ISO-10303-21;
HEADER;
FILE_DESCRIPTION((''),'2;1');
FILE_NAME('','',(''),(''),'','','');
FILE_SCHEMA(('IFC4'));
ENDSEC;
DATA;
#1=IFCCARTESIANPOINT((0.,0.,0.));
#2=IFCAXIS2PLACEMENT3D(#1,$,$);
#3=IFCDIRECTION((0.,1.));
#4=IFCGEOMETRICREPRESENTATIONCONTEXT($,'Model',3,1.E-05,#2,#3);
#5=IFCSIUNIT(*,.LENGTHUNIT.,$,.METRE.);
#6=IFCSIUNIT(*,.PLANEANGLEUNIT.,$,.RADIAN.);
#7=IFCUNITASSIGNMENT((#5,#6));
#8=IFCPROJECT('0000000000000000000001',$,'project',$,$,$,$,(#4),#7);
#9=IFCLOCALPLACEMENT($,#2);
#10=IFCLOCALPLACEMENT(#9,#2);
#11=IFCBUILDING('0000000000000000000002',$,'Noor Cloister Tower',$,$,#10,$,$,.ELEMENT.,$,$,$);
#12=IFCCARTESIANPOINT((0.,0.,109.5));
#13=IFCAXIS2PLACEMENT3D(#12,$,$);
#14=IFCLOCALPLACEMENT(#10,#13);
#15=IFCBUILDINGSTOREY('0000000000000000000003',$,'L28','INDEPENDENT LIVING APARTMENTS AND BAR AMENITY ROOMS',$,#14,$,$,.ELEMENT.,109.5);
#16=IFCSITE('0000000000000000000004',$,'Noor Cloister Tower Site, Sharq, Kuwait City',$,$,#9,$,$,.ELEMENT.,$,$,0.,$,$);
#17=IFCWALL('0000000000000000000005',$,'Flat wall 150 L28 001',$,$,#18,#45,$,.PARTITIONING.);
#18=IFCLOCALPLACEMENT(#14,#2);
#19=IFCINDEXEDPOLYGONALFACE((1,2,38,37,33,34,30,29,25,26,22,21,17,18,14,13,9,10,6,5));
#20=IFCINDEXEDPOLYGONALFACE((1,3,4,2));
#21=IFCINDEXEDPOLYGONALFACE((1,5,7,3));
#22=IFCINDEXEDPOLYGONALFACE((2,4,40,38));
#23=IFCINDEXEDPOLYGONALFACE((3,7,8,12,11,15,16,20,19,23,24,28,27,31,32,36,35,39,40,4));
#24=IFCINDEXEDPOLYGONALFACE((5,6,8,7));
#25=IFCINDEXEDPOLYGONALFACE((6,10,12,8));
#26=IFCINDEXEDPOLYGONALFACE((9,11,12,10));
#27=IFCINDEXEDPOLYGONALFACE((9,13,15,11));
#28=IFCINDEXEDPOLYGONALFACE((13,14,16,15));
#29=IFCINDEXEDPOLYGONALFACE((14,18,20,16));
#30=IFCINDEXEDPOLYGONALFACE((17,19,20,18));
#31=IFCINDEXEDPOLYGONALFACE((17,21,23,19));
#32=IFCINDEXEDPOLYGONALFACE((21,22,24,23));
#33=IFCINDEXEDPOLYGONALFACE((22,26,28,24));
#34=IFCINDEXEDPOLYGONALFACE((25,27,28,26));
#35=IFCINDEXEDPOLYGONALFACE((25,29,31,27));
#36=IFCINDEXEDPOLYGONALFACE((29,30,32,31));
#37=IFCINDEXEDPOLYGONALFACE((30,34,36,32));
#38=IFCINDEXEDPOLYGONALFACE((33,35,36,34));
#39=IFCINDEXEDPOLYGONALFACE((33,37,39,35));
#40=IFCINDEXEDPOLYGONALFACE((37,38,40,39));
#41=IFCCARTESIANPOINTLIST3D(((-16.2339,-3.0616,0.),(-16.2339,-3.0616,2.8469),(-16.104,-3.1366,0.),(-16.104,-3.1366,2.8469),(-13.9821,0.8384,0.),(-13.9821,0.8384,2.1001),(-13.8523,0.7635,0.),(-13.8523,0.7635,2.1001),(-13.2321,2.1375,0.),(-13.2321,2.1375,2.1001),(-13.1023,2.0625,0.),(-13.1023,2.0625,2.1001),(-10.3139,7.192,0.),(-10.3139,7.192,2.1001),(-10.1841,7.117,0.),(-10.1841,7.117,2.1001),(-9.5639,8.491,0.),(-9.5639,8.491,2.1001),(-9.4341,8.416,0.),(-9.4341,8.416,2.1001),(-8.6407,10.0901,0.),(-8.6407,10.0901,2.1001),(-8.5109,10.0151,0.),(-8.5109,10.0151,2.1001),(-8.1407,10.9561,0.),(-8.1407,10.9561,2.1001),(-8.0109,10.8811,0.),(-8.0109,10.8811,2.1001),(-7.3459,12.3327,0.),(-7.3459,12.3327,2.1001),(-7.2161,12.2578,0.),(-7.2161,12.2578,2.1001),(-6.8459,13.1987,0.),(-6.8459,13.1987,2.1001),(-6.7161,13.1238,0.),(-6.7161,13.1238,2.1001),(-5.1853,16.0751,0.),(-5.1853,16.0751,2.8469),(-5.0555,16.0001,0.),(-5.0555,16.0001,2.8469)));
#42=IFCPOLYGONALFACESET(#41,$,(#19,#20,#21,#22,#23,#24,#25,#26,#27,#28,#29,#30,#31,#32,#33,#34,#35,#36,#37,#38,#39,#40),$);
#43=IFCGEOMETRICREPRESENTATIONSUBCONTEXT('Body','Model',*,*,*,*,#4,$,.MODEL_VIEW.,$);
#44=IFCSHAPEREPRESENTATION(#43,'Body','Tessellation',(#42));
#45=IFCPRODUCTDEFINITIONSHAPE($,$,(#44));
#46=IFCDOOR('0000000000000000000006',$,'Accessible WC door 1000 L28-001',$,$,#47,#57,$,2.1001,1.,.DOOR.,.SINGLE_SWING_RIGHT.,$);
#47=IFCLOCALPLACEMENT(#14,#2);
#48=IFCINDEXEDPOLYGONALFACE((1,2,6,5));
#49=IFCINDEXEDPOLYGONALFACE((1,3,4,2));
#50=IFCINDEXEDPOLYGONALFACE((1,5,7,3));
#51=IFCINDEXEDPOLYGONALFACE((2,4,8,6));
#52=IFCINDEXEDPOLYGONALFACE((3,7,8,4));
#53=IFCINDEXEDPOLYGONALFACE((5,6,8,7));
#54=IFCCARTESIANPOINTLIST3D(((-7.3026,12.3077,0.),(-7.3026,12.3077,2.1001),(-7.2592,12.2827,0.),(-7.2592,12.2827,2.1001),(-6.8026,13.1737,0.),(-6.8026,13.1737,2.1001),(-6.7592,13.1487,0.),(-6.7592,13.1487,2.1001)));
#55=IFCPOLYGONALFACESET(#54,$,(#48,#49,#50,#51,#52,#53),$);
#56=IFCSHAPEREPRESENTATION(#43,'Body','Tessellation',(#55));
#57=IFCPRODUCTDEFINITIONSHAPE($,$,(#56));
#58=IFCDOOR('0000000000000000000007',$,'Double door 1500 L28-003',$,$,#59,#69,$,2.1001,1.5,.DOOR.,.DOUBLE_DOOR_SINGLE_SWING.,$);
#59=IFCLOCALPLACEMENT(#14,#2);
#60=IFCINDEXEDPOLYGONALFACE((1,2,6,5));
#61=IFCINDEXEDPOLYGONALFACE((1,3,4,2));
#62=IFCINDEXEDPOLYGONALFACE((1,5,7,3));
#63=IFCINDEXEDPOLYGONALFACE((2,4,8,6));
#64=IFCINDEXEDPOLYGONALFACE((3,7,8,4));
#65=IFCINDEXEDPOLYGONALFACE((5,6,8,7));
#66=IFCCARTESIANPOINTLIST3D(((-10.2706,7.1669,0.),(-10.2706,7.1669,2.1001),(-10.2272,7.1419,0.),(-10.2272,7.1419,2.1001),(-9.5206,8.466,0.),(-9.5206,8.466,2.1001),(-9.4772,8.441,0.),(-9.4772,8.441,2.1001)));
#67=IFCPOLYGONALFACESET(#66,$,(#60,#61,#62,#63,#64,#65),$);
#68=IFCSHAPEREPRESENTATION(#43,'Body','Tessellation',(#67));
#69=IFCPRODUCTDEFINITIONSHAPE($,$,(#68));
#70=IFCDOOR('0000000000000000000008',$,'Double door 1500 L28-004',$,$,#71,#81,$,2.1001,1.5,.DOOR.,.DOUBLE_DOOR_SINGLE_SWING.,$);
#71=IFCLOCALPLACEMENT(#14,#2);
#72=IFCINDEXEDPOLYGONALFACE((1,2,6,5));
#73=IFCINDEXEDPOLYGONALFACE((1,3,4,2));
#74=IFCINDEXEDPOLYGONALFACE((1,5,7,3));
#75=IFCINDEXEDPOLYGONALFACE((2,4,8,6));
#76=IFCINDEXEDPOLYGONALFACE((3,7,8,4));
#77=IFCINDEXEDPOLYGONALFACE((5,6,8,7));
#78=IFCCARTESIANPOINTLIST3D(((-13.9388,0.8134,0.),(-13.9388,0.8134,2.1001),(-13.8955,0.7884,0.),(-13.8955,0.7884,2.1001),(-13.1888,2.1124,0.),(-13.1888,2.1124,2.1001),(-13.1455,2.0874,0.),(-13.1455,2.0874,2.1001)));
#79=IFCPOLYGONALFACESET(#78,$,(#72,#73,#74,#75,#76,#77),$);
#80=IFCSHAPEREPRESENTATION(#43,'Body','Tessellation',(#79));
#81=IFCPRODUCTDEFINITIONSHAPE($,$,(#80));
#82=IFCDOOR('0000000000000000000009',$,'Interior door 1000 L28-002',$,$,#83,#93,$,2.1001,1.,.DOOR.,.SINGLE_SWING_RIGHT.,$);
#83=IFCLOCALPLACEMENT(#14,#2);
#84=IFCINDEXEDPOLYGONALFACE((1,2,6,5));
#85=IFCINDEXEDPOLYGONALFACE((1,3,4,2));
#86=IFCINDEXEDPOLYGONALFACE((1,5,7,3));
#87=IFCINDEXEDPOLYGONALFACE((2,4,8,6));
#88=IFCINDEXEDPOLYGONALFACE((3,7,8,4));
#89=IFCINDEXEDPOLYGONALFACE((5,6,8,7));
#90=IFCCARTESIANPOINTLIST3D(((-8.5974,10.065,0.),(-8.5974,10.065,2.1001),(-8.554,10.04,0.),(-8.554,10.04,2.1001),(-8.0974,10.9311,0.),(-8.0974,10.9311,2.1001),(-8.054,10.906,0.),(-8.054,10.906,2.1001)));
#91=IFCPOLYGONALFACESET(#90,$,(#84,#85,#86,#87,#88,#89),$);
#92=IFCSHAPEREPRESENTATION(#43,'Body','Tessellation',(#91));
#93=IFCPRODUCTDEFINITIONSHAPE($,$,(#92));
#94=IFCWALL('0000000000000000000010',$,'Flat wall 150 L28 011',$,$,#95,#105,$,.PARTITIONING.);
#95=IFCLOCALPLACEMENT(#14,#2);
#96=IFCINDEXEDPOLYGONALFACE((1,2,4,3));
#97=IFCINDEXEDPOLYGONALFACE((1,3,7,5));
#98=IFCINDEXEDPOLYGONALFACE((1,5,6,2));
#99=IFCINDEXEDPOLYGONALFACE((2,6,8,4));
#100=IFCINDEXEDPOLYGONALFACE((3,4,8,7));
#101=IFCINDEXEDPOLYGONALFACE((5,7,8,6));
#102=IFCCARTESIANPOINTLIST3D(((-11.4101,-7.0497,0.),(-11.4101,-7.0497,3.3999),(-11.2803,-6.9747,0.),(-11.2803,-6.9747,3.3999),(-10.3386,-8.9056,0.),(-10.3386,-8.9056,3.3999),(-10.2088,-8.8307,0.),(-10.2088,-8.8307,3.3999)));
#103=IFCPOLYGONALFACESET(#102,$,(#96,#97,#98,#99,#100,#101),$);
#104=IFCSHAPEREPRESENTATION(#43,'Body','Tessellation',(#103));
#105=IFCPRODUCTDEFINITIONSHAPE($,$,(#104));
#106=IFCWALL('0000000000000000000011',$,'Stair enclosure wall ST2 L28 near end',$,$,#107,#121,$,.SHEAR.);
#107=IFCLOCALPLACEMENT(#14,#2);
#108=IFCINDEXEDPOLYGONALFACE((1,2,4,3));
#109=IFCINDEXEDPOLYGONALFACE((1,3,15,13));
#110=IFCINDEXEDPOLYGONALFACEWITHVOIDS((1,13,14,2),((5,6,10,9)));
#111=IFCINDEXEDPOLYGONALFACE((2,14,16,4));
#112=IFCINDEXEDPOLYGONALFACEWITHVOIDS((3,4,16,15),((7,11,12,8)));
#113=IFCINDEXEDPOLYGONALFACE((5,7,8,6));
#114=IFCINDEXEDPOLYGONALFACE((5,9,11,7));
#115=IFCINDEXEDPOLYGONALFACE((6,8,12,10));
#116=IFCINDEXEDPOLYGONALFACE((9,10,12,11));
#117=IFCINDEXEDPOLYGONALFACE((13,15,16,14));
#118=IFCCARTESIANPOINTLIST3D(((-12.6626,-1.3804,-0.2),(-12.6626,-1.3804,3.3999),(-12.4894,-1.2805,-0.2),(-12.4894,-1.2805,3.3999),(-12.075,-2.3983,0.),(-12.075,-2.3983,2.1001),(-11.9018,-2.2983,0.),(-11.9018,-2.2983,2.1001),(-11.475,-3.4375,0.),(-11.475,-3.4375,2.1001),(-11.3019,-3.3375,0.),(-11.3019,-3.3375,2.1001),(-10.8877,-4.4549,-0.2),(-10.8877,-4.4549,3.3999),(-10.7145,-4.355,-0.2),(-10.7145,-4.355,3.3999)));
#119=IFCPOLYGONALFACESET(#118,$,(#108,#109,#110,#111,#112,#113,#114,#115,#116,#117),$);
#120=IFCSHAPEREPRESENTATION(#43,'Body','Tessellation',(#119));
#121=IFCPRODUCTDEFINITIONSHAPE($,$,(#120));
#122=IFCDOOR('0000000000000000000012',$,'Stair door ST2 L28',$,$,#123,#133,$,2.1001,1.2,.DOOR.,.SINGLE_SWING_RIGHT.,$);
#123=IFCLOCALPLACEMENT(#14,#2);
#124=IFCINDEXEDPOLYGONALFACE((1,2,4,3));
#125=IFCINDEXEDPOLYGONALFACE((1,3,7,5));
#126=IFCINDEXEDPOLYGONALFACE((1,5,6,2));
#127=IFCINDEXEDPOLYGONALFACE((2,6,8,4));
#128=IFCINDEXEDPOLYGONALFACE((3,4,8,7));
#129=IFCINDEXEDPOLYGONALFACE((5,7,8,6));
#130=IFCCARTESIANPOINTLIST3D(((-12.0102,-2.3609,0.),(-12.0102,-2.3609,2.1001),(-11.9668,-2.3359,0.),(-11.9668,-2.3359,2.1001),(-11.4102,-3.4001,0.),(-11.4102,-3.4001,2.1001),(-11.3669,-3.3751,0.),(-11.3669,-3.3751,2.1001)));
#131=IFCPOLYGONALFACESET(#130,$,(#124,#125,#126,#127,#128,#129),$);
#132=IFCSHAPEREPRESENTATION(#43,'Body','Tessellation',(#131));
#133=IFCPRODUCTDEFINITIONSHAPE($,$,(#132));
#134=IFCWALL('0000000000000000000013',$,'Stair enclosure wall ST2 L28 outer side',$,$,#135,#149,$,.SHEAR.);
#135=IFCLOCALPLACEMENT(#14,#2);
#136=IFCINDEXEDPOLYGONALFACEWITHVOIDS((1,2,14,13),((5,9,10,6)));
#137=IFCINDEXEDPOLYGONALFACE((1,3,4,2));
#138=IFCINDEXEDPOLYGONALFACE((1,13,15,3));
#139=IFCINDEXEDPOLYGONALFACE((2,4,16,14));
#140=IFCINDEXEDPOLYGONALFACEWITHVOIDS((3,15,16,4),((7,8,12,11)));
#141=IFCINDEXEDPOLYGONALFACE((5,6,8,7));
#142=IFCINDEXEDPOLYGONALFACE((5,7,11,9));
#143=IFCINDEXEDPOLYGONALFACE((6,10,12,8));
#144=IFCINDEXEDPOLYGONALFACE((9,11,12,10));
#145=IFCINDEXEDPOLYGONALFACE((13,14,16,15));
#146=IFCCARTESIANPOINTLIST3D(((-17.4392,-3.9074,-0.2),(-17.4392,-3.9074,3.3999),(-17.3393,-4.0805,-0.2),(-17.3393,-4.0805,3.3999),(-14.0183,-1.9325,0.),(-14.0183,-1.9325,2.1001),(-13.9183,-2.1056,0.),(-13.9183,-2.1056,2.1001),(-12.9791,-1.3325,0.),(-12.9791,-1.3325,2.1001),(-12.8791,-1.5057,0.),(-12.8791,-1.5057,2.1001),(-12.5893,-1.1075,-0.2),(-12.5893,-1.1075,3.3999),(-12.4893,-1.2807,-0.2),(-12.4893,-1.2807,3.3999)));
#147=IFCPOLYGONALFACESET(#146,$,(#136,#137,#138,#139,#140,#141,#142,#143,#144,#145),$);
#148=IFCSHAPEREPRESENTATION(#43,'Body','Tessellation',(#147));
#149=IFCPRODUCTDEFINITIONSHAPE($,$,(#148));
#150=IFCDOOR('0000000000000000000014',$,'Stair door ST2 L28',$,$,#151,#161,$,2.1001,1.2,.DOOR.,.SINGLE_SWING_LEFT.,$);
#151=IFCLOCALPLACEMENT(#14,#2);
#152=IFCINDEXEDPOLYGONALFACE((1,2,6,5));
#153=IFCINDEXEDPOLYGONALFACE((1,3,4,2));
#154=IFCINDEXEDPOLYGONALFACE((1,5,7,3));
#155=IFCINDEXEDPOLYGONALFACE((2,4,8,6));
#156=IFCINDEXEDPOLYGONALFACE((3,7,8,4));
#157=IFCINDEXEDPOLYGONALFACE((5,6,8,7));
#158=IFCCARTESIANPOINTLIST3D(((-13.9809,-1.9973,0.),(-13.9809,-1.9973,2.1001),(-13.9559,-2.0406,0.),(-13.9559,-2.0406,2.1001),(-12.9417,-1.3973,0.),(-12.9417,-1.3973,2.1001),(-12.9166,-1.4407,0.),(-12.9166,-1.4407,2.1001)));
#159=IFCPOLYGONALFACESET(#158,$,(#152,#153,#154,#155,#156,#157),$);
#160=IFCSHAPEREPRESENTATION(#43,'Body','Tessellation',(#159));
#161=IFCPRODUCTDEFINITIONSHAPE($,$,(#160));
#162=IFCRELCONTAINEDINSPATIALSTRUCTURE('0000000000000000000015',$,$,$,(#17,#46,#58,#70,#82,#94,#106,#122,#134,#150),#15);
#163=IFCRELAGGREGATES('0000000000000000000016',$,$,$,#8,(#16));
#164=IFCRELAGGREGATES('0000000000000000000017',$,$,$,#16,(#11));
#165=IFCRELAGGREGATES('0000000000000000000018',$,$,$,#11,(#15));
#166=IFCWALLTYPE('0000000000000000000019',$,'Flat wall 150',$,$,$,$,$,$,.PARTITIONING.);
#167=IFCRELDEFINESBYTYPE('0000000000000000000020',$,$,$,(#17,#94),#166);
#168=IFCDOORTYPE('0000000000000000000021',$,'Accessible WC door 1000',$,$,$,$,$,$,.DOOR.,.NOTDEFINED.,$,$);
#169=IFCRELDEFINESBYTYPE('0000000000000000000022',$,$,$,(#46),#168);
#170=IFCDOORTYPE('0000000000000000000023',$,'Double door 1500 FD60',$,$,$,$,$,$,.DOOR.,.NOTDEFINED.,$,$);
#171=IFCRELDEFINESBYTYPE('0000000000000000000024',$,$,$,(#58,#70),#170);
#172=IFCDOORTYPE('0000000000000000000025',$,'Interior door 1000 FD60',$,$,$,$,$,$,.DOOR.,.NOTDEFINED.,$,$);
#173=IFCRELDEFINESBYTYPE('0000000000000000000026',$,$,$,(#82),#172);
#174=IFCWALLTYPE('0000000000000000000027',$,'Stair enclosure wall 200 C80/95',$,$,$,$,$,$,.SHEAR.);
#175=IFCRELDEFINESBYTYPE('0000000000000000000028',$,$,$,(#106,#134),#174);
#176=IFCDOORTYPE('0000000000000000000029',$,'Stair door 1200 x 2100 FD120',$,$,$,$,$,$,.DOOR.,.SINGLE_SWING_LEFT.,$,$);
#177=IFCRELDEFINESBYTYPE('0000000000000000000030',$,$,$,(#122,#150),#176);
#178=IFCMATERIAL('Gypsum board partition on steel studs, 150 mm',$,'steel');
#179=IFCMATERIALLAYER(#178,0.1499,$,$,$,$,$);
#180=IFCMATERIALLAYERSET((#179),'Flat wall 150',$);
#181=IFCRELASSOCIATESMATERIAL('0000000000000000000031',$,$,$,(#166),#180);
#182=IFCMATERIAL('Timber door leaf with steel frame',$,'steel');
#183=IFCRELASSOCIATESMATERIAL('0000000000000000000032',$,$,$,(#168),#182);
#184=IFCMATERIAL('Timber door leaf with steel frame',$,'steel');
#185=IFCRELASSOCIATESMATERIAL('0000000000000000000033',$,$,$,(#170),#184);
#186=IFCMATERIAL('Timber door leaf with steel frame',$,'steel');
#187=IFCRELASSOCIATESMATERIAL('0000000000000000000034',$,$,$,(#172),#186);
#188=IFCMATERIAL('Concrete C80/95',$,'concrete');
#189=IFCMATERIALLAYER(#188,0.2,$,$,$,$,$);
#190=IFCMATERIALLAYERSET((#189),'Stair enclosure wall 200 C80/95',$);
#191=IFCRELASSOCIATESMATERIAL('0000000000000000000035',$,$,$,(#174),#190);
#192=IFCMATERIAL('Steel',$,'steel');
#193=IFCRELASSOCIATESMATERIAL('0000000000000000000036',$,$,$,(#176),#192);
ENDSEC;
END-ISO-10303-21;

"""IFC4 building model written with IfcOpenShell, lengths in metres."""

from ifc_helpers import new_model, si_unit, direction, frame, frame_2d, origin, place, context, subcontext, project, spatial, rectangle, extrude, material, layer, layer_set, type_object, element, fill, save


model = new_model("IFC4")

# Units and contexts
model_context = context("Model", 3, precision=1e-05, world=origin(), true_north=direction((0.0, 1.0)))
body_context = subcontext(model_context, "Body", "Model", "MODEL_VIEW")
ifc_project = project(units=[si_unit("LENGTHUNIT", "METRE"), si_unit("PLANEANGLEUNIT", "RADIAN")], contexts=[model_context])

# Site, building, storey
site_placement = place(None, origin())
site = spatial("IfcSite", under=ifc_project, at=site_placement, Name="Noor Cloister Tower Site, Sharq, Kuwait City", CompositionType="ELEMENT", RefElevation=0.0)
building_placement = place(site_placement, origin())
building = spatial("IfcBuilding", under=site, at=building_placement, Name="Noor Cloister Tower", CompositionType="ELEMENT")
storey_placement = place(building_placement, frame((0.0, 0.0, 109.5)))
storey = spatial("IfcBuildingStorey", under=building, at=storey_placement, Name="L28", Description="INDEPENDENT LIVING APARTMENTS AND BAR AMENITY ROOMS", CompositionType="ELEMENT", Elevation=109.5)

# Wall, openings, doors
ifc_material_1 = material(Name="Gypsum board partition on steel studs, 150 mm", Category="steel")
ifc_layer_1 = layer(ifc_material_1, 0.1499)
ifc_layer_set_1 = layer_set([ifc_layer_1], Name="Flat wall 150")
wall_type_1 = type_object("IfcWallType", Name="Flat wall 150", PredefinedType="PARTITIONING", material=ifc_layer_set_1)
wall_1_placement = place(storey_placement, frame((-16.1689, -3.0991, 0.0), z_axis=(0.0, 0.0, 1.0), x_axis=(0.5, 0.866026, 0.0)))
wall_1 = element("IfcWall", 1, at=wall_1_placement, inside=storey, type_object=wall_type_1, Name="Flat wall 150 L28 001", PredefinedType="PARTITIONING", context=body_context, shape_type="SweptSolid", body=[
    extrude(rectangle(XDim=22.0972, YDim=0.1499, at=frame_2d((11.0486, 0.0))), origin(), (0.0, 0.0, 1.0), 2.8469),
])
opening_1_placement = place(wall_1_placement, frame((17.7759, 0.0, 0.0)))
opening_1 = element("IfcOpeningElement", 2, at=opening_1_placement, cuts=wall_1, PredefinedType="OPENING", context=body_context, shape_type="SweptSolid", body=[
    extrude(rectangle(XDim=1.0, YDim=2.1001, at=frame_2d((0.5, 1.05))), frame((0.0, 0.085, 0.0), z_axis=(0.0, -1.0, 0.0), x_axis=(1.0, 0.0, 0.0)), (0.0, 0.0, 1.0), 0.1699),
])
opening_2_placement = place(wall_1_placement, frame((15.1863, 0.0, 0.0)))
opening_2 = element("IfcOpeningElement", 3, at=opening_2_placement, cuts=wall_1, PredefinedType="OPENING", context=body_context, shape_type="SweptSolid", body=[
    extrude(rectangle(XDim=1.0, YDim=2.1001, at=frame_2d((0.5, 1.05))), frame((0.0, 0.085, 0.0), z_axis=(0.0, -1.0, 0.0), x_axis=(1.0, 0.0, 0.0)), (0.0, 0.0, 1.0), 0.1699),
])
opening_3_placement = place(wall_1_placement, frame((11.8398, 0.0, 0.0)))
opening_3 = element("IfcOpeningElement", 4, at=opening_3_placement, cuts=wall_1, PredefinedType="OPENING", context=body_context, shape_type="SweptSolid", body=[
    extrude(rectangle(XDim=1.5, YDim=2.1001, at=frame_2d((0.75, 1.05))), frame((0.0, 0.085, 0.0), z_axis=(0.0, -1.0, 0.0), x_axis=(1.0, 0.0, 0.0)), (0.0, 0.0, 1.0), 0.1699),
])
opening_4_placement = place(wall_1_placement, frame((4.5034, 0.0, 0.0)))
opening_4 = element("IfcOpeningElement", 5, at=opening_4_placement, cuts=wall_1, PredefinedType="OPENING", context=body_context, shape_type="SweptSolid", body=[
    extrude(rectangle(XDim=1.5, YDim=2.1001, at=frame_2d((0.75, 1.05))), frame((0.0, 0.085, 0.0), z_axis=(0.0, -1.0, 0.0), x_axis=(1.0, 0.0, 0.0)), (0.0, 0.0, 1.0), 0.1699),
])
ifc_material_2 = material(Name="Timber door leaf with steel frame", Category="steel")
door_type_1 = type_object("IfcDoorType", Name="Accessible WC door 1000", OperationType="NOTDEFINED", PredefinedType="DOOR", material=ifc_material_2)
door_1_placement = place(opening_1_placement, origin())
door_1 = element("IfcDoor", 6, at=door_1_placement, inside=storey, type_object=door_type_1, Name="Accessible WC door 1000 L28-001", OperationType="SINGLE_SWING_RIGHT", OverallHeight=2.1001, OverallWidth=1.0, PredefinedType="DOOR", context=body_context, shape_type="SweptSolid", body=[
    extrude(rectangle(XDim=1.0, YDim=2.1001, at=frame_2d((0.5, 1.05))), frame((0.0, 0.0249, 0.0), z_axis=(0.0, -1.0, 0.0), x_axis=(1.0, 0.0, 0.0)), (0.0, 0.0, 1.0), 0.05),
])
fill(opening_1, door_1)
ifc_material_3 = material(Name="Timber door leaf with steel frame", Category="steel")
door_type_2 = type_object("IfcDoorType", Name="Double door 1500 FD60", OperationType="NOTDEFINED", PredefinedType="DOOR", material=ifc_material_3)
door_2_placement = place(opening_3_placement, origin())
door_2 = element("IfcDoor", 7, at=door_2_placement, inside=storey, type_object=door_type_2, Name="Double door 1500 L28-003", OperationType="DOUBLE_DOOR_SINGLE_SWING", OverallHeight=2.1001, OverallWidth=1.5, PredefinedType="DOOR", context=body_context, shape_type="SweptSolid", body=[
    extrude(rectangle(XDim=1.5, YDim=2.1001, at=frame_2d((0.75, 1.05))), frame((0.0, 0.0249, 0.0), z_axis=(0.0, -1.0, 0.0), x_axis=(1.0, 0.0, 0.0)), (0.0, 0.0, 1.0), 0.05),
])
fill(opening_3, door_2)
door_3_placement = place(opening_4_placement, origin())
door_3 = element("IfcDoor", 8, at=door_3_placement, inside=storey, type_object=door_type_2, Name="Double door 1500 L28-004", OperationType="DOUBLE_DOOR_SINGLE_SWING", OverallHeight=2.1001, OverallWidth=1.5, PredefinedType="DOOR", context=body_context, shape_type="SweptSolid", body=[
    extrude(rectangle(XDim=1.5, YDim=2.1001, at=frame_2d((0.75, 1.05))), frame((0.0, 0.0249, 0.0), z_axis=(0.0, -1.0, 0.0), x_axis=(1.0, 0.0, 0.0)), (0.0, 0.0, 1.0), 0.05),
])
fill(opening_4, door_3)
ifc_material_4 = material(Name="Timber door leaf with steel frame", Category="steel")
door_type_3 = type_object("IfcDoorType", Name="Interior door 1000 FD60", OperationType="NOTDEFINED", PredefinedType="DOOR", material=ifc_material_4)
door_4_placement = place(opening_2_placement, origin())
door_4 = element("IfcDoor", 9, at=door_4_placement, inside=storey, type_object=door_type_3, Name="Interior door 1000 L28-002", OperationType="SINGLE_SWING_RIGHT", OverallHeight=2.1001, OverallWidth=1.0, PredefinedType="DOOR", context=body_context, shape_type="SweptSolid", body=[
    extrude(rectangle(XDim=1.0, YDim=2.1001, at=frame_2d((0.5, 1.05))), frame((0.0, 0.0249, 0.0), z_axis=(0.0, -1.0, 0.0), x_axis=(1.0, 0.0, 0.0)), (0.0, 0.0, 1.0), 0.05),
])
fill(opening_2, door_4)

# Wall
wall_2_placement = place(storey_placement, frame((-11.3452, -7.0122, 0.0), z_axis=(0.0, 0.0, 1.0), x_axis=(0.499999, -0.866026, 0.0)))
element("IfcWall", 10, at=wall_2_placement, inside=storey, type_object=wall_type_1, Name="Flat wall 150 L28 011", PredefinedType="PARTITIONING", context=body_context, shape_type="SweptSolid", body=[
    extrude(rectangle(XDim=2.1431, YDim=0.1499, at=frame_2d((1.0715, 0.0))), origin(), (0.0, 0.0, 1.0), 3.3999),
])

# Walls, openings, doors
ifc_material_5 = material(Name="Concrete C80/95", Category="concrete")
ifc_layer_2 = layer(ifc_material_5, 0.2)
ifc_layer_set_2 = layer_set([ifc_layer_2], Name="Stair enclosure wall 200 C80/95")
wall_type_2 = type_object("IfcWallType", Name="Stair enclosure wall 200 C80/95", PredefinedType="SHEAR", material=ifc_layer_set_2)
wall_3_placement = place(storey_placement, frame((-12.5759, -1.3306, -0.2), z_axis=(0.0, 0.0, 1.0), x_axis=(0.49997, -0.866042, 0.0)))
wall_3 = element("IfcWall", 11, at=wall_3_placement, inside=storey, type_object=wall_type_2, Name="Stair enclosure wall ST2 L28 near end", PredefinedType="SHEAR", context=body_context, shape_type="SweptSolid", body=[
    extrude(rectangle(XDim=3.55, YDim=0.2, at=frame_2d((1.7749, 0.0))), origin(), (0.0, 0.0, 1.0), 3.5999),
])
opening_5_placement = place(wall_3_placement, frame((1.175, 0.0, 0.2)))
opening_5 = element("IfcOpeningElement", 12, at=opening_5_placement, cuts=wall_3, PredefinedType="OPENING", context=body_context, shape_type="SweptSolid", body=[
    extrude(rectangle(XDim=1.2, YDim=2.1001, at=frame_2d((0.6001, 1.05))), frame((0.0, 0.1099, 0.0), z_axis=(0.0, -1.0, 0.0), x_axis=(1.0, 0.0, 0.0)), (0.0, 0.0, 1.0), 0.22),
])
ifc_material_6 = material(Name="Steel", Category="steel")
door_type_4 = type_object("IfcDoorType", Name="Stair door 1200 x 2100 FD120", OperationType="SINGLE_SWING_LEFT", PredefinedType="DOOR", material=ifc_material_6)
door_5_placement = place(opening_5_placement, origin())
door_5 = element("IfcDoor", 13, at=door_5_placement, inside=storey, type_object=door_type_4, Name="Stair door ST2 L28", OperationType="SINGLE_SWING_RIGHT", OverallHeight=2.1001, OverallWidth=1.2, PredefinedType="DOOR", context=body_context, shape_type="SweptSolid", body=[
    extrude(rectangle(XDim=1.2, YDim=2.1001, at=frame_2d((0.6001, 1.05))), frame((0.0, 0.0249, 0.0), z_axis=(0.0, -1.0, 0.0), x_axis=(1.0, 0.0, 0.0)), (0.0, 0.0, 1.0), 0.05),
])
fill(opening_5, door_5)
wall_4_placement = place(storey_placement, frame((-12.5393, -1.1941, -0.2), z_axis=(0.0, 0.0, 1.0), x_axis=(-0.866045, -0.499965, 0.0)))
wall_4 = element("IfcWall", 14, at=wall_4_placement, inside=storey, type_object=wall_type_2, Name="Stair enclosure wall ST2 L28 outer side", PredefinedType="SHEAR", context=body_context, shape_type="SweptSolid", body=[
    extrude(rectangle(XDim=5.6001, YDim=0.2, at=frame_2d((2.8, 0.0))), origin(), (0.0, 0.0, 1.0), 3.5999),
])
opening_6_placement = place(wall_4_placement, frame((0.45, 0.0, 0.2)))
opening_6 = element("IfcOpeningElement", 15, at=opening_6_placement, cuts=wall_4, PredefinedType="OPENING", context=body_context, shape_type="SweptSolid", body=[
    extrude(rectangle(XDim=1.2, YDim=2.1001, at=frame_2d((0.6001, 1.05))), frame((0.0, 0.1099, 0.0), z_axis=(0.0, -1.0, 0.0), x_axis=(1.0, 0.0, 0.0)), (0.0, 0.0, 1.0), 0.22),
])
door_6_placement = place(opening_6_placement, origin())
door_6 = element("IfcDoor", 16, at=door_6_placement, inside=storey, type_object=door_type_4, Name="Stair door ST2 L28", OperationType="SINGLE_SWING_LEFT", OverallHeight=2.1001, OverallWidth=1.2, PredefinedType="DOOR", context=body_context, shape_type="SweptSolid", body=[
    extrude(rectangle(XDim=1.2, YDim=2.1001, at=frame_2d((0.6001, 1.05))), frame((0.0, 0.0249, 0.0), z_axis=(0.0, -1.0, 0.0), x_axis=(1.0, 0.0, 0.0)), (0.0, 0.0, 1.0), 0.05),
])
fill(opening_6, door_6)

save(model, "model.ifc")
